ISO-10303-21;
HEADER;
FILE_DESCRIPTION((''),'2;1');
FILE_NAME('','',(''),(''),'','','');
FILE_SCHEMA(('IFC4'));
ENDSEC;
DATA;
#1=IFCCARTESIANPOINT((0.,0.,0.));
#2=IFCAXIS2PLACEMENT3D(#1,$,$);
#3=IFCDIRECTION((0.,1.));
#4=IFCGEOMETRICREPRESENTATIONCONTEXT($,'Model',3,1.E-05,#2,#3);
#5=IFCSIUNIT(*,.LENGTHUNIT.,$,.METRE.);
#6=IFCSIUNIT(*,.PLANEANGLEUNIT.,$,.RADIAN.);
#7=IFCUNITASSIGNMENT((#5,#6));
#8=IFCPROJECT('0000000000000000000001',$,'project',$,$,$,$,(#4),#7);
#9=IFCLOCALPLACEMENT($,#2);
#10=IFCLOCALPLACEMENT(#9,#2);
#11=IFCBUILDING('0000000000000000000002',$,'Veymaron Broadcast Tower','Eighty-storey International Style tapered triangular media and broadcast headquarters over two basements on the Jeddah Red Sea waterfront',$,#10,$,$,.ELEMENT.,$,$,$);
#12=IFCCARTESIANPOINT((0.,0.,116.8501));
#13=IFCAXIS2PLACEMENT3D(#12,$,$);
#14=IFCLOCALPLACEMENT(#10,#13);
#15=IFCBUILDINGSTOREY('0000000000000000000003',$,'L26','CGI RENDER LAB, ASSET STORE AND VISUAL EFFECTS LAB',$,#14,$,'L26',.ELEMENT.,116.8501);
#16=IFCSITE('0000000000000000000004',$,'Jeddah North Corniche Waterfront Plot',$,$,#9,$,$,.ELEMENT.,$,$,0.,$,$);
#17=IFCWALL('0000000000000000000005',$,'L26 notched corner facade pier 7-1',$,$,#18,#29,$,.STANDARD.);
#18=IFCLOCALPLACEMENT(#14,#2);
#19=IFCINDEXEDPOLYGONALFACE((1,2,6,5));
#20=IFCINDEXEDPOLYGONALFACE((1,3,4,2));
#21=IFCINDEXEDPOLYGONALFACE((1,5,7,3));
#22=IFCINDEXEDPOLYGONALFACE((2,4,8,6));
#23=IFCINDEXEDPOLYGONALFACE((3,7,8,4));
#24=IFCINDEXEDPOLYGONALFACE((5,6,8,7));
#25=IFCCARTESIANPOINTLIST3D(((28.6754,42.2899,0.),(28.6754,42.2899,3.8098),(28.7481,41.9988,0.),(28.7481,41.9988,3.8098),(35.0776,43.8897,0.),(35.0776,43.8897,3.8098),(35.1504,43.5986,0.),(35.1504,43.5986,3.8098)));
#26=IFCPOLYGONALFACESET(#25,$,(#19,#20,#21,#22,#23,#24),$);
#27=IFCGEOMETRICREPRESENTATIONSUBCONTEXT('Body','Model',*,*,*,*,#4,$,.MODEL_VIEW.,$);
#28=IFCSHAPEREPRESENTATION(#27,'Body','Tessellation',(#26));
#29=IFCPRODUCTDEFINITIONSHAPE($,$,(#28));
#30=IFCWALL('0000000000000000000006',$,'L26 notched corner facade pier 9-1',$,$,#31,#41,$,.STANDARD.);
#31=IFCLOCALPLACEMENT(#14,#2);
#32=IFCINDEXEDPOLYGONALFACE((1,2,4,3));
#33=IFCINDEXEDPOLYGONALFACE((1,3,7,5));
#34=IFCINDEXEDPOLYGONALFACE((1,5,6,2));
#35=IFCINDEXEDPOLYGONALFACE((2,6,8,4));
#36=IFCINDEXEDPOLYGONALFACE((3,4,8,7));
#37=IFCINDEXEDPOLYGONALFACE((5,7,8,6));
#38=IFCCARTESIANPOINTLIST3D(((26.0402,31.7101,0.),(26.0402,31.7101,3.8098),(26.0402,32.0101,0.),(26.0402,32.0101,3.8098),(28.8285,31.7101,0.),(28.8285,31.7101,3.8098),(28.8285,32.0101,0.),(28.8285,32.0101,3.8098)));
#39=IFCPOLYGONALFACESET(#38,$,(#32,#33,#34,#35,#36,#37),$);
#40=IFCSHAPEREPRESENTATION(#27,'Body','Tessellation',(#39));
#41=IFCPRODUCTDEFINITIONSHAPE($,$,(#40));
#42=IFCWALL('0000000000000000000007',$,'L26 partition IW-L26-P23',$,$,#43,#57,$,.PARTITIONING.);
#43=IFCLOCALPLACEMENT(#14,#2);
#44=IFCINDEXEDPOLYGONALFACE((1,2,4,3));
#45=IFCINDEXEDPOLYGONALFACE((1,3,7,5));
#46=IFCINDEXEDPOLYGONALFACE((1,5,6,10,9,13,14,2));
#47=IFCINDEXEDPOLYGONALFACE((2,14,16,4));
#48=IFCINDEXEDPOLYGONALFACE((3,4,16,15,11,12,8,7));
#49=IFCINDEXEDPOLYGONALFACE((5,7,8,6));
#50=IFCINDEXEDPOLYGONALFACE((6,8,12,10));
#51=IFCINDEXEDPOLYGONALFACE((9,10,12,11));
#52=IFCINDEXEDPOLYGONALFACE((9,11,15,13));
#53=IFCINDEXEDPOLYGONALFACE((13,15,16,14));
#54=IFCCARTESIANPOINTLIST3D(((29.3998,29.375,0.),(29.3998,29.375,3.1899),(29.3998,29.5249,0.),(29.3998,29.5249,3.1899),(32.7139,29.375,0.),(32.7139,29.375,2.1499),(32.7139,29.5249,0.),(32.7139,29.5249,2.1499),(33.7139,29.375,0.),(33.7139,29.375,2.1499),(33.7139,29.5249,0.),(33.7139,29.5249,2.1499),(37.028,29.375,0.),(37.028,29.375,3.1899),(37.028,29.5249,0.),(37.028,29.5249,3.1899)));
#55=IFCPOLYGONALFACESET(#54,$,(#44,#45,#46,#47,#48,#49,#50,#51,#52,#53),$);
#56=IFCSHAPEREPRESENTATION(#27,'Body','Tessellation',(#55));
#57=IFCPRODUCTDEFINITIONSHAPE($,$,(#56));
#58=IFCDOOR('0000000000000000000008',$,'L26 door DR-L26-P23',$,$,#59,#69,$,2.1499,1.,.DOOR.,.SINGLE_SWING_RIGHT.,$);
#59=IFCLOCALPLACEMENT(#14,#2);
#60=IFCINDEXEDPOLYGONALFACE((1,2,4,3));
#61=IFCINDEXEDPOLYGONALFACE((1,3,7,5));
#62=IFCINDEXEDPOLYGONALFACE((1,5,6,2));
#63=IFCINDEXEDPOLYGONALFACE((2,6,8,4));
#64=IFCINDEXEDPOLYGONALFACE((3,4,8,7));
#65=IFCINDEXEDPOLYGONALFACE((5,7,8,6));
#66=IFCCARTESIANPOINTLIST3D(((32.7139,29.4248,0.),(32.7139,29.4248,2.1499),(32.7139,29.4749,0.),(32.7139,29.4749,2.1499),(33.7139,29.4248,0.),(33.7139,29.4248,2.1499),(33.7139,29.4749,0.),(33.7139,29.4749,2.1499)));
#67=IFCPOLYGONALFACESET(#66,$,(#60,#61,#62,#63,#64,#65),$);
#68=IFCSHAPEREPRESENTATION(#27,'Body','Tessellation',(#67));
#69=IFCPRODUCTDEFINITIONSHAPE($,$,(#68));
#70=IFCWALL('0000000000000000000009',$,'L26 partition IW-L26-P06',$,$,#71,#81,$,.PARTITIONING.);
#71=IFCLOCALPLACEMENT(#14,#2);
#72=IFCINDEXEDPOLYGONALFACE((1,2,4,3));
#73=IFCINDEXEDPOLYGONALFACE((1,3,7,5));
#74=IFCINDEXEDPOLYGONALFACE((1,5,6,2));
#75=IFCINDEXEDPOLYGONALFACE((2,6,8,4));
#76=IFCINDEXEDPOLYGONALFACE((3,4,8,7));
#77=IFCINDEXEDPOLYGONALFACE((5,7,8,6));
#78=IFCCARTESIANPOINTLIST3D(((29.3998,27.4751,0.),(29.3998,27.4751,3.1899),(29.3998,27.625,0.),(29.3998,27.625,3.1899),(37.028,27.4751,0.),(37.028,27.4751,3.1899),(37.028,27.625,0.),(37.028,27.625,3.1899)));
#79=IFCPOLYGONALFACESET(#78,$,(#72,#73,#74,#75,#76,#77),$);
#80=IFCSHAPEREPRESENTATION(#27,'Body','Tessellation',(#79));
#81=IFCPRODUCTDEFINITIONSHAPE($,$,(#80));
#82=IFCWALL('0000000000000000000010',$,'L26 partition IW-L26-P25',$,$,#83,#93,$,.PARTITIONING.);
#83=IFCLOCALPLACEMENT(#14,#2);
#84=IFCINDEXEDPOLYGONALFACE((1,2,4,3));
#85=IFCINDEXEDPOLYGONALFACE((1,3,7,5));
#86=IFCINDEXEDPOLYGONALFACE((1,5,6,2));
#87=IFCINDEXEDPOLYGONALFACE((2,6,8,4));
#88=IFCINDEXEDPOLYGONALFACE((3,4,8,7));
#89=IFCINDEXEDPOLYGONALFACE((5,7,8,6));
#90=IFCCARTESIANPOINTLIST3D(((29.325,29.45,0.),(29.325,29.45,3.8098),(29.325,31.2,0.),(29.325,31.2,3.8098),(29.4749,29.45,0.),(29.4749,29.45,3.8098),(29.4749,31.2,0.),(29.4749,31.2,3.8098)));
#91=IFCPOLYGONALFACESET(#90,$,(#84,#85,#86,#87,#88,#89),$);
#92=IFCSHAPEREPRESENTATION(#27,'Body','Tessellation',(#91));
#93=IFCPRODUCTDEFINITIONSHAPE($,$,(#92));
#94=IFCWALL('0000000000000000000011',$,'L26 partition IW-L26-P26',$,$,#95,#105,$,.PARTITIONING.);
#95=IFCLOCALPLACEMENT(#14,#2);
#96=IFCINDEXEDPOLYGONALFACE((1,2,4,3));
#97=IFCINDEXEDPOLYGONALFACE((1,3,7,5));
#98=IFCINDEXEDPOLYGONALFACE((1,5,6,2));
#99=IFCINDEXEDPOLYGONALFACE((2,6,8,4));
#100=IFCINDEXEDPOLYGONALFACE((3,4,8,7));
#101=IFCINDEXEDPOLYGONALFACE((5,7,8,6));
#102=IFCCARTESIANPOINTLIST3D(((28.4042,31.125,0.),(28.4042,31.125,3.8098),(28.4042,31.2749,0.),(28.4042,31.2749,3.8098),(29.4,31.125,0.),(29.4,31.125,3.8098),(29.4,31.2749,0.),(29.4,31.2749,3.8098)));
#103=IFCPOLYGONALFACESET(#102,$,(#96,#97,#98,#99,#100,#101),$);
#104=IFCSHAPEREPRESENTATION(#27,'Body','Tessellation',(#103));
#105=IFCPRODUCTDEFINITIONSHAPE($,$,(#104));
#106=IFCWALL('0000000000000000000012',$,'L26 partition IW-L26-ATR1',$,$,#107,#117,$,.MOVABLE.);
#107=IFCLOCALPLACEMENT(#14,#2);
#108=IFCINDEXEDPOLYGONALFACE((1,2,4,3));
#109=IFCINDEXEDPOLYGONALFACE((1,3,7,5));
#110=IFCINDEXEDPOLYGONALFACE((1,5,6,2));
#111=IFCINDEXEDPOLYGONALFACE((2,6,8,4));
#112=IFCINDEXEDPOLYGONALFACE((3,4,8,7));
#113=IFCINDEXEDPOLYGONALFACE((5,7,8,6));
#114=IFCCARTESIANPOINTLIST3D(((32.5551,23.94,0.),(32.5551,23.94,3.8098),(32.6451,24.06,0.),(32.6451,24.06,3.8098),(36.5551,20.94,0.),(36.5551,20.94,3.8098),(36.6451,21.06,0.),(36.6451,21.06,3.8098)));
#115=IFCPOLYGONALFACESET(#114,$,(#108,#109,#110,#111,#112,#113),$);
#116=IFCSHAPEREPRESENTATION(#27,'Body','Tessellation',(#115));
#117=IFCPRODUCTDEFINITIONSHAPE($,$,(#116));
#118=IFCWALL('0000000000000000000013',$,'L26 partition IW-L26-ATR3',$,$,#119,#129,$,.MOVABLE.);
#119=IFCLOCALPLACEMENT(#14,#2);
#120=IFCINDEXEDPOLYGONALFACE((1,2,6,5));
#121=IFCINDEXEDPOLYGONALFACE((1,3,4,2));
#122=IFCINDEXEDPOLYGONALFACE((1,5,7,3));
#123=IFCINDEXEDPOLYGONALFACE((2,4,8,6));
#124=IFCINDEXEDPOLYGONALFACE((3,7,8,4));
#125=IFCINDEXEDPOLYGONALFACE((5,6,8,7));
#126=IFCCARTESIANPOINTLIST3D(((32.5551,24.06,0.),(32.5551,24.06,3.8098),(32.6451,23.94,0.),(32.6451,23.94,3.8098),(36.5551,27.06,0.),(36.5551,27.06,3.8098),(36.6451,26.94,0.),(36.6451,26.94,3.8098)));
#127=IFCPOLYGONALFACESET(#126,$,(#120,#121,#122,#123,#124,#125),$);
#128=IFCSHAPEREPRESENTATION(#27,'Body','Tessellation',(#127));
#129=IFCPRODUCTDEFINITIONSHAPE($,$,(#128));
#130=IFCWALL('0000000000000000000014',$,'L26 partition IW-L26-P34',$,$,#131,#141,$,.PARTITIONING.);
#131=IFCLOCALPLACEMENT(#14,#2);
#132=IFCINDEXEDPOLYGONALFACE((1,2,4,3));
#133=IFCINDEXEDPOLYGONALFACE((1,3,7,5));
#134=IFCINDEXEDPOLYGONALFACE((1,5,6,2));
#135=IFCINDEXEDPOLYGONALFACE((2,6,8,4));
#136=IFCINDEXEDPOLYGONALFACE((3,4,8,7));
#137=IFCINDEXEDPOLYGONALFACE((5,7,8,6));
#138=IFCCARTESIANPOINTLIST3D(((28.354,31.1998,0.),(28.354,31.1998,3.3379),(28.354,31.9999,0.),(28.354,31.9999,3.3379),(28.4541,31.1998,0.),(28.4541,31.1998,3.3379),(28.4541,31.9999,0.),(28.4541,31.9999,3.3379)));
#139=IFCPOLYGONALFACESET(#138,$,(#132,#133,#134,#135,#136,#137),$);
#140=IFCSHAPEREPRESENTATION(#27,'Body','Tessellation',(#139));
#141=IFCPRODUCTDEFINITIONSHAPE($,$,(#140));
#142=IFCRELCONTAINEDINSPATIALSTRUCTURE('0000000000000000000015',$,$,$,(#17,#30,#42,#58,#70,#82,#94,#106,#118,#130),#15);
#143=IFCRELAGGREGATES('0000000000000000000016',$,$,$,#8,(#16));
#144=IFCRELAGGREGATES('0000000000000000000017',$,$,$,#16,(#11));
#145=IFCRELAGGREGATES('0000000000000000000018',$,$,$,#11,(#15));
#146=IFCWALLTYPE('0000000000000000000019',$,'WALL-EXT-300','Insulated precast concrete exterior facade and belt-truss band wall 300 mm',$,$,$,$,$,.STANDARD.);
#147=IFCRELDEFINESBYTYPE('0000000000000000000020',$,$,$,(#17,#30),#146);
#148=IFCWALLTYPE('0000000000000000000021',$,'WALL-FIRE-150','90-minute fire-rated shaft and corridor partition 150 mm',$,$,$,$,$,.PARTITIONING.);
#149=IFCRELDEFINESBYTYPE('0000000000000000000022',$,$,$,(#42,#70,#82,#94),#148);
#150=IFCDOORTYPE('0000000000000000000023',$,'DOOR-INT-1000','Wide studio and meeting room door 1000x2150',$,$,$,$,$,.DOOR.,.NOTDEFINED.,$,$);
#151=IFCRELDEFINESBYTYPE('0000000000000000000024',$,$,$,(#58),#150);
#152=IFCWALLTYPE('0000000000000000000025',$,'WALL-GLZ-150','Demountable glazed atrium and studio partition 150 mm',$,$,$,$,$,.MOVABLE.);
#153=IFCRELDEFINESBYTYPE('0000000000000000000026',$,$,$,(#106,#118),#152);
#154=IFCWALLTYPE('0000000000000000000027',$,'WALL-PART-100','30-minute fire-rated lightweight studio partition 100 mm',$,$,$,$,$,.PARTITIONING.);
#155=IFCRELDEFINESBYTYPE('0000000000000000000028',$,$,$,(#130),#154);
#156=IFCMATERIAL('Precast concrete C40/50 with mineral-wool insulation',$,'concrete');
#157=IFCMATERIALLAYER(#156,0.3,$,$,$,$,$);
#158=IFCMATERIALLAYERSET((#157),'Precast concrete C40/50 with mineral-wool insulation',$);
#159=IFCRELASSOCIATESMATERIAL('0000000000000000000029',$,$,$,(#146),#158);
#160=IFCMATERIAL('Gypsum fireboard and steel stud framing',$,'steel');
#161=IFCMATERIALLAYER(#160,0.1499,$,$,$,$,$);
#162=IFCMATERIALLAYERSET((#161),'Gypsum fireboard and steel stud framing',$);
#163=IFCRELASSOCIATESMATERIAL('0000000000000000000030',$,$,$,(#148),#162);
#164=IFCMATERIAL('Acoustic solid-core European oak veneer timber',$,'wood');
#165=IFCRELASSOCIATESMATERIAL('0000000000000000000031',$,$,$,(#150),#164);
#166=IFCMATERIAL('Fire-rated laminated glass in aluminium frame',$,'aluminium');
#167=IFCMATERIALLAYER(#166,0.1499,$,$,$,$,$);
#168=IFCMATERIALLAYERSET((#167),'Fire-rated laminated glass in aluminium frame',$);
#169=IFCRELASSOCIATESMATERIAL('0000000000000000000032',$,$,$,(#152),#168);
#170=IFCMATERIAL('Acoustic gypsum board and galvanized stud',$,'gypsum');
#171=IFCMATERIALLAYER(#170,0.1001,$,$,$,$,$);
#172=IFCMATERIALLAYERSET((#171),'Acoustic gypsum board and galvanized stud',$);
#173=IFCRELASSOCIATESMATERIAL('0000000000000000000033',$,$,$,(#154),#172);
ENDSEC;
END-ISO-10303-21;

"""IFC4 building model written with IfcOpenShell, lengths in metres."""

from ifc_helpers import new_model, si_unit, direction, frame, frame_2d, origin, place, context, subcontext, project, spatial, rectangle, extrude, material, layer, layer_set, type_object, element, fill, save


model = new_model("IFC4")

# Units and contexts
model_context = context("Model", 3, precision=1e-05, world=origin(), true_north=direction((0.0, 1.0)))
body_context = subcontext(model_context, "Body", "Model", "MODEL_VIEW")
ifc_project = project(units=[si_unit("LENGTHUNIT", "METRE"), si_unit("PLANEANGLEUNIT", "RADIAN")], contexts=[model_context])

# Site, building, storey
site_placement = place(None, origin())
site = spatial("IfcSite", under=ifc_project, at=site_placement, Name="Jeddah North Corniche Waterfront Plot", CompositionType="ELEMENT", RefElevation=0.0)
building_placement = place(site_placement, origin())
building = spatial("IfcBuilding", under=site, at=building_placement, Name="Veymaron Broadcast Tower", Description="Eighty-storey International Style tapered triangular media and broadcast headquarters over two basements on the Jeddah Red Sea waterfront", CompositionType="ELEMENT")
storey_placement = place(building_placement, frame((0.0, 0.0, 116.8501)))
storey = spatial("IfcBuildingStorey", under=building, at=storey_placement, Name="L26", Description="CGI RENDER LAB, ASSET STORE AND VISUAL EFFECTS LAB", LongName="L26", CompositionType="ELEMENT", Elevation=116.8501)

# Walls
ifc_material_1 = material(Name="Precast concrete C40/50 with mineral-wool insulation", Category="concrete")
ifc_layer_1 = layer(ifc_material_1, 0.3)
ifc_layer_set_1 = layer_set([ifc_layer_1], Name="Precast concrete C40/50 with mineral-wool insulation")
wall_type_1 = type_object("IfcWallType", Name="WALL-EXT-300", Description="Insulated precast concrete exterior facade and belt-truss band wall 300 mm", PredefinedType="STANDARD", material=ifc_layer_set_1)
wall_1_placement = place(storey_placement, frame((35.114, 43.7441, 0.0), z_axis=(0.0, 0.0, 1.0), x_axis=(-0.970169, -0.242431, 0.0)))
element("IfcWall", 1, at=wall_1_placement, inside=storey, type_object=wall_type_1, Name="L26 notched corner facade pier 7-1", PredefinedType="STANDARD", context=body_context, shape_type="SweptSolid", body=[
    extrude(rectangle(XDim=6.5991, YDim=0.3, at=frame_2d((3.2996, 0.0))), origin(), (0.0, 0.0, 1.0), 3.8098),
])
wall_2_placement = place(storey_placement, frame((28.8284, 31.8601, 0.0), z_axis=(0.0, 0.0, 1.0), x_axis=(-1.0, 0.0, 0.0)))
element("IfcWall", 2, at=wall_2_placement, inside=storey, type_object=wall_type_1, Name="L26 notched corner facade pier 9-1", PredefinedType="STANDARD", context=body_context, shape_type="SweptSolid", body=[
    extrude(rectangle(XDim=2.7883, YDim=0.3, at=frame_2d((1.394, 0.0))), origin(), (0.0, 0.0, 1.0), 3.8098),
])

# Wall, opening, door
ifc_material_2 = material(Name="Gypsum fireboard and steel stud framing", Category="steel")
ifc_layer_2 = layer(ifc_material_2, 0.1499)
ifc_layer_set_2 = layer_set([ifc_layer_2], Name="Gypsum fireboard and steel stud framing")
wall_type_2 = type_object("IfcWallType", Name="WALL-FIRE-150", Description="90-minute fire-rated shaft and corridor partition 150 mm", PredefinedType="PARTITIONING", material=ifc_layer_set_2)
wall_3_placement = place(storey_placement, frame((29.3999, 29.45, 0.0), z_axis=(0.0, 0.0, 1.0), x_axis=(1.0, 0.0, 0.0)))
wall_3 = element("IfcWall", 3, at=wall_3_placement, inside=storey, type_object=wall_type_2, Name="L26 partition IW-L26-P23", PredefinedType="PARTITIONING", context=body_context, shape_type="SweptSolid", body=[
    extrude(rectangle(XDim=7.6282, YDim=0.1499, at=frame_2d((3.814, 0.0))), origin(), (0.0, 0.0, 1.0), 3.1899),
])
opening_placement = place(wall_3_placement, frame((3.314, 0.0, 0.0)))
opening = element("IfcOpeningElement", 4, at=opening_placement, cuts=wall_3, PredefinedType="OPENING", context=body_context, shape_type="SweptSolid", body=[
    extrude(rectangle(XDim=1.0, YDim=2.1499, at=frame_2d((0.5, 1.075))), frame((0.0, 0.085, 0.0), z_axis=(0.0, -1.0, 0.0), x_axis=(1.0, 0.0, 0.0)), (0.0, 0.0, 1.0), 0.1699),
])
ifc_material_3 = material(Name="Acoustic solid-core European oak veneer timber", Category="wood")
door_type = type_object("IfcDoorType", Name="DOOR-INT-1000", Description="Wide studio and meeting room door 1000x2150", OperationType="NOTDEFINED", PredefinedType="DOOR", material=ifc_material_3)
door_placement = place(opening_placement, origin())
door = element("IfcDoor", 5, at=door_placement, inside=storey, type_object=door_type, Name="L26 door DR-L26-P23", OperationType="SINGLE_SWING_RIGHT", OverallHeight=2.1499, OverallWidth=1.0, PredefinedType="DOOR", context=body_context, shape_type="SweptSolid", body=[
    extrude(rectangle(XDim=1.0, YDim=2.1499, at=frame_2d((0.5, 1.075))), frame((0.0, 0.0249, 0.0), z_axis=(0.0, -1.0, 0.0), x_axis=(1.0, 0.0, 0.0)), (0.0, 0.0, 1.0), 0.05),
])
fill(opening, door)

# Walls
wall_4_placement = place(storey_placement, frame((29.3999, 27.55, 0.0), z_axis=(0.0, 0.0, 1.0), x_axis=(1.0, 0.0, 0.0)))
element("IfcWall", 6, at=wall_4_placement, inside=storey, type_object=wall_type_2, Name="L26 partition IW-L26-P06", PredefinedType="PARTITIONING", context=body_context, shape_type="SweptSolid", body=[
    extrude(rectangle(XDim=7.6282, YDim=0.1499, at=frame_2d((3.814, 0.0))), origin(), (0.0, 0.0, 1.0), 3.1899),
])
wall_5_placement = place(storey_placement, frame((29.3999, 29.45, 0.0), z_axis=(0.0, 0.0, 1.0), x_axis=(0.0, 1.0, 0.0)))
element("IfcWall", 7, at=wall_5_placement, inside=storey, type_object=wall_type_2, Name="L26 partition IW-L26-P25", PredefinedType="PARTITIONING", context=body_context, shape_type="SweptSolid", body=[
    extrude(rectangle(XDim=1.75, YDim=0.1499, at=frame_2d((0.875, 0.0))), origin(), (0.0, 0.0, 1.0), 3.8098),
])
wall_6_placement = place(storey_placement, frame((28.4041, 31.2, 0.0), z_axis=(0.0, 0.0, 1.0), x_axis=(1.0, 0.0, 0.0)))
element("IfcWall", 8, at=wall_6_placement, inside=storey, type_object=wall_type_2, Name="L26 partition IW-L26-P26", PredefinedType="PARTITIONING", context=body_context, shape_type="SweptSolid", body=[
    extrude(rectangle(XDim=0.9958, YDim=0.1499, at=frame_2d((0.498, 0.0))), origin(), (0.0, 0.0, 1.0), 3.8098),
])
ifc_material_4 = material(Name="Fire-rated laminated glass in aluminium frame", Category="aluminium")
ifc_layer_3 = layer(ifc_material_4, 0.1499)
ifc_layer_set_3 = layer_set([ifc_layer_3], Name="Fire-rated laminated glass in aluminium frame")
wall_type_3 = type_object("IfcWallType", Name="WALL-GLZ-150", Description="Demountable glazed atrium and studio partition 150 mm", PredefinedType="MOVABLE", material=ifc_layer_set_3)
for number, where, z_axis, x_axis, name in (
    (9, (32.6001, 24.0, 0.0), (0.0, 0.0, 1.0), (0.8, -0.6, 0.0), "L26 partition IW-L26-ATR1"),
    (10, (36.6001, 27.0, 0.0), (0.0, 0.0, 1.0), (-0.8, -0.6, 0.0), "L26 partition IW-L26-ATR3"),
):
    element("IfcWall", number, at=place(storey_placement, frame(where, z_axis=z_axis, x_axis=x_axis)), inside=storey, type_object=wall_type_3, Name=name, PredefinedType="MOVABLE", context=body_context, shape_type="SweptSolid", body=[
        extrude(rectangle(XDim=5.0, YDim=0.1499, at=frame_2d((2.5, 0.0))), origin(), (0.0, 0.0, 1.0), 3.8098),
    ])
ifc_material_5 = material(Name="Acoustic gypsum board and galvanized stud", Category="gypsum")
ifc_layer_4 = layer(ifc_material_5, 0.1001)
ifc_layer_set_4 = layer_set([ifc_layer_4], Name="Acoustic gypsum board and galvanized stud")
wall_type_4 = type_object("IfcWallType", Name="WALL-PART-100", Description="30-minute fire-rated lightweight studio partition 100 mm", PredefinedType="PARTITIONING", material=ifc_layer_set_4)
wall_7_placement = place(storey_placement, frame((28.4041, 31.2, 0.0), z_axis=(0.0, 0.0, 1.0), x_axis=(0.0, 1.0, 0.0)))
element("IfcWall", 11, at=wall_7_placement, inside=storey, type_object=wall_type_4, Name="L26 partition IW-L26-P34", PredefinedType="PARTITIONING", context=body_context, shape_type="SweptSolid", body=[
    extrude(rectangle(XDim=0.8, YDim=0.1001, at=frame_2d((0.3999, 0.0))), origin(), (0.0, 0.0, 1.0), 3.3379),
])

save(model, "model.ifc")
